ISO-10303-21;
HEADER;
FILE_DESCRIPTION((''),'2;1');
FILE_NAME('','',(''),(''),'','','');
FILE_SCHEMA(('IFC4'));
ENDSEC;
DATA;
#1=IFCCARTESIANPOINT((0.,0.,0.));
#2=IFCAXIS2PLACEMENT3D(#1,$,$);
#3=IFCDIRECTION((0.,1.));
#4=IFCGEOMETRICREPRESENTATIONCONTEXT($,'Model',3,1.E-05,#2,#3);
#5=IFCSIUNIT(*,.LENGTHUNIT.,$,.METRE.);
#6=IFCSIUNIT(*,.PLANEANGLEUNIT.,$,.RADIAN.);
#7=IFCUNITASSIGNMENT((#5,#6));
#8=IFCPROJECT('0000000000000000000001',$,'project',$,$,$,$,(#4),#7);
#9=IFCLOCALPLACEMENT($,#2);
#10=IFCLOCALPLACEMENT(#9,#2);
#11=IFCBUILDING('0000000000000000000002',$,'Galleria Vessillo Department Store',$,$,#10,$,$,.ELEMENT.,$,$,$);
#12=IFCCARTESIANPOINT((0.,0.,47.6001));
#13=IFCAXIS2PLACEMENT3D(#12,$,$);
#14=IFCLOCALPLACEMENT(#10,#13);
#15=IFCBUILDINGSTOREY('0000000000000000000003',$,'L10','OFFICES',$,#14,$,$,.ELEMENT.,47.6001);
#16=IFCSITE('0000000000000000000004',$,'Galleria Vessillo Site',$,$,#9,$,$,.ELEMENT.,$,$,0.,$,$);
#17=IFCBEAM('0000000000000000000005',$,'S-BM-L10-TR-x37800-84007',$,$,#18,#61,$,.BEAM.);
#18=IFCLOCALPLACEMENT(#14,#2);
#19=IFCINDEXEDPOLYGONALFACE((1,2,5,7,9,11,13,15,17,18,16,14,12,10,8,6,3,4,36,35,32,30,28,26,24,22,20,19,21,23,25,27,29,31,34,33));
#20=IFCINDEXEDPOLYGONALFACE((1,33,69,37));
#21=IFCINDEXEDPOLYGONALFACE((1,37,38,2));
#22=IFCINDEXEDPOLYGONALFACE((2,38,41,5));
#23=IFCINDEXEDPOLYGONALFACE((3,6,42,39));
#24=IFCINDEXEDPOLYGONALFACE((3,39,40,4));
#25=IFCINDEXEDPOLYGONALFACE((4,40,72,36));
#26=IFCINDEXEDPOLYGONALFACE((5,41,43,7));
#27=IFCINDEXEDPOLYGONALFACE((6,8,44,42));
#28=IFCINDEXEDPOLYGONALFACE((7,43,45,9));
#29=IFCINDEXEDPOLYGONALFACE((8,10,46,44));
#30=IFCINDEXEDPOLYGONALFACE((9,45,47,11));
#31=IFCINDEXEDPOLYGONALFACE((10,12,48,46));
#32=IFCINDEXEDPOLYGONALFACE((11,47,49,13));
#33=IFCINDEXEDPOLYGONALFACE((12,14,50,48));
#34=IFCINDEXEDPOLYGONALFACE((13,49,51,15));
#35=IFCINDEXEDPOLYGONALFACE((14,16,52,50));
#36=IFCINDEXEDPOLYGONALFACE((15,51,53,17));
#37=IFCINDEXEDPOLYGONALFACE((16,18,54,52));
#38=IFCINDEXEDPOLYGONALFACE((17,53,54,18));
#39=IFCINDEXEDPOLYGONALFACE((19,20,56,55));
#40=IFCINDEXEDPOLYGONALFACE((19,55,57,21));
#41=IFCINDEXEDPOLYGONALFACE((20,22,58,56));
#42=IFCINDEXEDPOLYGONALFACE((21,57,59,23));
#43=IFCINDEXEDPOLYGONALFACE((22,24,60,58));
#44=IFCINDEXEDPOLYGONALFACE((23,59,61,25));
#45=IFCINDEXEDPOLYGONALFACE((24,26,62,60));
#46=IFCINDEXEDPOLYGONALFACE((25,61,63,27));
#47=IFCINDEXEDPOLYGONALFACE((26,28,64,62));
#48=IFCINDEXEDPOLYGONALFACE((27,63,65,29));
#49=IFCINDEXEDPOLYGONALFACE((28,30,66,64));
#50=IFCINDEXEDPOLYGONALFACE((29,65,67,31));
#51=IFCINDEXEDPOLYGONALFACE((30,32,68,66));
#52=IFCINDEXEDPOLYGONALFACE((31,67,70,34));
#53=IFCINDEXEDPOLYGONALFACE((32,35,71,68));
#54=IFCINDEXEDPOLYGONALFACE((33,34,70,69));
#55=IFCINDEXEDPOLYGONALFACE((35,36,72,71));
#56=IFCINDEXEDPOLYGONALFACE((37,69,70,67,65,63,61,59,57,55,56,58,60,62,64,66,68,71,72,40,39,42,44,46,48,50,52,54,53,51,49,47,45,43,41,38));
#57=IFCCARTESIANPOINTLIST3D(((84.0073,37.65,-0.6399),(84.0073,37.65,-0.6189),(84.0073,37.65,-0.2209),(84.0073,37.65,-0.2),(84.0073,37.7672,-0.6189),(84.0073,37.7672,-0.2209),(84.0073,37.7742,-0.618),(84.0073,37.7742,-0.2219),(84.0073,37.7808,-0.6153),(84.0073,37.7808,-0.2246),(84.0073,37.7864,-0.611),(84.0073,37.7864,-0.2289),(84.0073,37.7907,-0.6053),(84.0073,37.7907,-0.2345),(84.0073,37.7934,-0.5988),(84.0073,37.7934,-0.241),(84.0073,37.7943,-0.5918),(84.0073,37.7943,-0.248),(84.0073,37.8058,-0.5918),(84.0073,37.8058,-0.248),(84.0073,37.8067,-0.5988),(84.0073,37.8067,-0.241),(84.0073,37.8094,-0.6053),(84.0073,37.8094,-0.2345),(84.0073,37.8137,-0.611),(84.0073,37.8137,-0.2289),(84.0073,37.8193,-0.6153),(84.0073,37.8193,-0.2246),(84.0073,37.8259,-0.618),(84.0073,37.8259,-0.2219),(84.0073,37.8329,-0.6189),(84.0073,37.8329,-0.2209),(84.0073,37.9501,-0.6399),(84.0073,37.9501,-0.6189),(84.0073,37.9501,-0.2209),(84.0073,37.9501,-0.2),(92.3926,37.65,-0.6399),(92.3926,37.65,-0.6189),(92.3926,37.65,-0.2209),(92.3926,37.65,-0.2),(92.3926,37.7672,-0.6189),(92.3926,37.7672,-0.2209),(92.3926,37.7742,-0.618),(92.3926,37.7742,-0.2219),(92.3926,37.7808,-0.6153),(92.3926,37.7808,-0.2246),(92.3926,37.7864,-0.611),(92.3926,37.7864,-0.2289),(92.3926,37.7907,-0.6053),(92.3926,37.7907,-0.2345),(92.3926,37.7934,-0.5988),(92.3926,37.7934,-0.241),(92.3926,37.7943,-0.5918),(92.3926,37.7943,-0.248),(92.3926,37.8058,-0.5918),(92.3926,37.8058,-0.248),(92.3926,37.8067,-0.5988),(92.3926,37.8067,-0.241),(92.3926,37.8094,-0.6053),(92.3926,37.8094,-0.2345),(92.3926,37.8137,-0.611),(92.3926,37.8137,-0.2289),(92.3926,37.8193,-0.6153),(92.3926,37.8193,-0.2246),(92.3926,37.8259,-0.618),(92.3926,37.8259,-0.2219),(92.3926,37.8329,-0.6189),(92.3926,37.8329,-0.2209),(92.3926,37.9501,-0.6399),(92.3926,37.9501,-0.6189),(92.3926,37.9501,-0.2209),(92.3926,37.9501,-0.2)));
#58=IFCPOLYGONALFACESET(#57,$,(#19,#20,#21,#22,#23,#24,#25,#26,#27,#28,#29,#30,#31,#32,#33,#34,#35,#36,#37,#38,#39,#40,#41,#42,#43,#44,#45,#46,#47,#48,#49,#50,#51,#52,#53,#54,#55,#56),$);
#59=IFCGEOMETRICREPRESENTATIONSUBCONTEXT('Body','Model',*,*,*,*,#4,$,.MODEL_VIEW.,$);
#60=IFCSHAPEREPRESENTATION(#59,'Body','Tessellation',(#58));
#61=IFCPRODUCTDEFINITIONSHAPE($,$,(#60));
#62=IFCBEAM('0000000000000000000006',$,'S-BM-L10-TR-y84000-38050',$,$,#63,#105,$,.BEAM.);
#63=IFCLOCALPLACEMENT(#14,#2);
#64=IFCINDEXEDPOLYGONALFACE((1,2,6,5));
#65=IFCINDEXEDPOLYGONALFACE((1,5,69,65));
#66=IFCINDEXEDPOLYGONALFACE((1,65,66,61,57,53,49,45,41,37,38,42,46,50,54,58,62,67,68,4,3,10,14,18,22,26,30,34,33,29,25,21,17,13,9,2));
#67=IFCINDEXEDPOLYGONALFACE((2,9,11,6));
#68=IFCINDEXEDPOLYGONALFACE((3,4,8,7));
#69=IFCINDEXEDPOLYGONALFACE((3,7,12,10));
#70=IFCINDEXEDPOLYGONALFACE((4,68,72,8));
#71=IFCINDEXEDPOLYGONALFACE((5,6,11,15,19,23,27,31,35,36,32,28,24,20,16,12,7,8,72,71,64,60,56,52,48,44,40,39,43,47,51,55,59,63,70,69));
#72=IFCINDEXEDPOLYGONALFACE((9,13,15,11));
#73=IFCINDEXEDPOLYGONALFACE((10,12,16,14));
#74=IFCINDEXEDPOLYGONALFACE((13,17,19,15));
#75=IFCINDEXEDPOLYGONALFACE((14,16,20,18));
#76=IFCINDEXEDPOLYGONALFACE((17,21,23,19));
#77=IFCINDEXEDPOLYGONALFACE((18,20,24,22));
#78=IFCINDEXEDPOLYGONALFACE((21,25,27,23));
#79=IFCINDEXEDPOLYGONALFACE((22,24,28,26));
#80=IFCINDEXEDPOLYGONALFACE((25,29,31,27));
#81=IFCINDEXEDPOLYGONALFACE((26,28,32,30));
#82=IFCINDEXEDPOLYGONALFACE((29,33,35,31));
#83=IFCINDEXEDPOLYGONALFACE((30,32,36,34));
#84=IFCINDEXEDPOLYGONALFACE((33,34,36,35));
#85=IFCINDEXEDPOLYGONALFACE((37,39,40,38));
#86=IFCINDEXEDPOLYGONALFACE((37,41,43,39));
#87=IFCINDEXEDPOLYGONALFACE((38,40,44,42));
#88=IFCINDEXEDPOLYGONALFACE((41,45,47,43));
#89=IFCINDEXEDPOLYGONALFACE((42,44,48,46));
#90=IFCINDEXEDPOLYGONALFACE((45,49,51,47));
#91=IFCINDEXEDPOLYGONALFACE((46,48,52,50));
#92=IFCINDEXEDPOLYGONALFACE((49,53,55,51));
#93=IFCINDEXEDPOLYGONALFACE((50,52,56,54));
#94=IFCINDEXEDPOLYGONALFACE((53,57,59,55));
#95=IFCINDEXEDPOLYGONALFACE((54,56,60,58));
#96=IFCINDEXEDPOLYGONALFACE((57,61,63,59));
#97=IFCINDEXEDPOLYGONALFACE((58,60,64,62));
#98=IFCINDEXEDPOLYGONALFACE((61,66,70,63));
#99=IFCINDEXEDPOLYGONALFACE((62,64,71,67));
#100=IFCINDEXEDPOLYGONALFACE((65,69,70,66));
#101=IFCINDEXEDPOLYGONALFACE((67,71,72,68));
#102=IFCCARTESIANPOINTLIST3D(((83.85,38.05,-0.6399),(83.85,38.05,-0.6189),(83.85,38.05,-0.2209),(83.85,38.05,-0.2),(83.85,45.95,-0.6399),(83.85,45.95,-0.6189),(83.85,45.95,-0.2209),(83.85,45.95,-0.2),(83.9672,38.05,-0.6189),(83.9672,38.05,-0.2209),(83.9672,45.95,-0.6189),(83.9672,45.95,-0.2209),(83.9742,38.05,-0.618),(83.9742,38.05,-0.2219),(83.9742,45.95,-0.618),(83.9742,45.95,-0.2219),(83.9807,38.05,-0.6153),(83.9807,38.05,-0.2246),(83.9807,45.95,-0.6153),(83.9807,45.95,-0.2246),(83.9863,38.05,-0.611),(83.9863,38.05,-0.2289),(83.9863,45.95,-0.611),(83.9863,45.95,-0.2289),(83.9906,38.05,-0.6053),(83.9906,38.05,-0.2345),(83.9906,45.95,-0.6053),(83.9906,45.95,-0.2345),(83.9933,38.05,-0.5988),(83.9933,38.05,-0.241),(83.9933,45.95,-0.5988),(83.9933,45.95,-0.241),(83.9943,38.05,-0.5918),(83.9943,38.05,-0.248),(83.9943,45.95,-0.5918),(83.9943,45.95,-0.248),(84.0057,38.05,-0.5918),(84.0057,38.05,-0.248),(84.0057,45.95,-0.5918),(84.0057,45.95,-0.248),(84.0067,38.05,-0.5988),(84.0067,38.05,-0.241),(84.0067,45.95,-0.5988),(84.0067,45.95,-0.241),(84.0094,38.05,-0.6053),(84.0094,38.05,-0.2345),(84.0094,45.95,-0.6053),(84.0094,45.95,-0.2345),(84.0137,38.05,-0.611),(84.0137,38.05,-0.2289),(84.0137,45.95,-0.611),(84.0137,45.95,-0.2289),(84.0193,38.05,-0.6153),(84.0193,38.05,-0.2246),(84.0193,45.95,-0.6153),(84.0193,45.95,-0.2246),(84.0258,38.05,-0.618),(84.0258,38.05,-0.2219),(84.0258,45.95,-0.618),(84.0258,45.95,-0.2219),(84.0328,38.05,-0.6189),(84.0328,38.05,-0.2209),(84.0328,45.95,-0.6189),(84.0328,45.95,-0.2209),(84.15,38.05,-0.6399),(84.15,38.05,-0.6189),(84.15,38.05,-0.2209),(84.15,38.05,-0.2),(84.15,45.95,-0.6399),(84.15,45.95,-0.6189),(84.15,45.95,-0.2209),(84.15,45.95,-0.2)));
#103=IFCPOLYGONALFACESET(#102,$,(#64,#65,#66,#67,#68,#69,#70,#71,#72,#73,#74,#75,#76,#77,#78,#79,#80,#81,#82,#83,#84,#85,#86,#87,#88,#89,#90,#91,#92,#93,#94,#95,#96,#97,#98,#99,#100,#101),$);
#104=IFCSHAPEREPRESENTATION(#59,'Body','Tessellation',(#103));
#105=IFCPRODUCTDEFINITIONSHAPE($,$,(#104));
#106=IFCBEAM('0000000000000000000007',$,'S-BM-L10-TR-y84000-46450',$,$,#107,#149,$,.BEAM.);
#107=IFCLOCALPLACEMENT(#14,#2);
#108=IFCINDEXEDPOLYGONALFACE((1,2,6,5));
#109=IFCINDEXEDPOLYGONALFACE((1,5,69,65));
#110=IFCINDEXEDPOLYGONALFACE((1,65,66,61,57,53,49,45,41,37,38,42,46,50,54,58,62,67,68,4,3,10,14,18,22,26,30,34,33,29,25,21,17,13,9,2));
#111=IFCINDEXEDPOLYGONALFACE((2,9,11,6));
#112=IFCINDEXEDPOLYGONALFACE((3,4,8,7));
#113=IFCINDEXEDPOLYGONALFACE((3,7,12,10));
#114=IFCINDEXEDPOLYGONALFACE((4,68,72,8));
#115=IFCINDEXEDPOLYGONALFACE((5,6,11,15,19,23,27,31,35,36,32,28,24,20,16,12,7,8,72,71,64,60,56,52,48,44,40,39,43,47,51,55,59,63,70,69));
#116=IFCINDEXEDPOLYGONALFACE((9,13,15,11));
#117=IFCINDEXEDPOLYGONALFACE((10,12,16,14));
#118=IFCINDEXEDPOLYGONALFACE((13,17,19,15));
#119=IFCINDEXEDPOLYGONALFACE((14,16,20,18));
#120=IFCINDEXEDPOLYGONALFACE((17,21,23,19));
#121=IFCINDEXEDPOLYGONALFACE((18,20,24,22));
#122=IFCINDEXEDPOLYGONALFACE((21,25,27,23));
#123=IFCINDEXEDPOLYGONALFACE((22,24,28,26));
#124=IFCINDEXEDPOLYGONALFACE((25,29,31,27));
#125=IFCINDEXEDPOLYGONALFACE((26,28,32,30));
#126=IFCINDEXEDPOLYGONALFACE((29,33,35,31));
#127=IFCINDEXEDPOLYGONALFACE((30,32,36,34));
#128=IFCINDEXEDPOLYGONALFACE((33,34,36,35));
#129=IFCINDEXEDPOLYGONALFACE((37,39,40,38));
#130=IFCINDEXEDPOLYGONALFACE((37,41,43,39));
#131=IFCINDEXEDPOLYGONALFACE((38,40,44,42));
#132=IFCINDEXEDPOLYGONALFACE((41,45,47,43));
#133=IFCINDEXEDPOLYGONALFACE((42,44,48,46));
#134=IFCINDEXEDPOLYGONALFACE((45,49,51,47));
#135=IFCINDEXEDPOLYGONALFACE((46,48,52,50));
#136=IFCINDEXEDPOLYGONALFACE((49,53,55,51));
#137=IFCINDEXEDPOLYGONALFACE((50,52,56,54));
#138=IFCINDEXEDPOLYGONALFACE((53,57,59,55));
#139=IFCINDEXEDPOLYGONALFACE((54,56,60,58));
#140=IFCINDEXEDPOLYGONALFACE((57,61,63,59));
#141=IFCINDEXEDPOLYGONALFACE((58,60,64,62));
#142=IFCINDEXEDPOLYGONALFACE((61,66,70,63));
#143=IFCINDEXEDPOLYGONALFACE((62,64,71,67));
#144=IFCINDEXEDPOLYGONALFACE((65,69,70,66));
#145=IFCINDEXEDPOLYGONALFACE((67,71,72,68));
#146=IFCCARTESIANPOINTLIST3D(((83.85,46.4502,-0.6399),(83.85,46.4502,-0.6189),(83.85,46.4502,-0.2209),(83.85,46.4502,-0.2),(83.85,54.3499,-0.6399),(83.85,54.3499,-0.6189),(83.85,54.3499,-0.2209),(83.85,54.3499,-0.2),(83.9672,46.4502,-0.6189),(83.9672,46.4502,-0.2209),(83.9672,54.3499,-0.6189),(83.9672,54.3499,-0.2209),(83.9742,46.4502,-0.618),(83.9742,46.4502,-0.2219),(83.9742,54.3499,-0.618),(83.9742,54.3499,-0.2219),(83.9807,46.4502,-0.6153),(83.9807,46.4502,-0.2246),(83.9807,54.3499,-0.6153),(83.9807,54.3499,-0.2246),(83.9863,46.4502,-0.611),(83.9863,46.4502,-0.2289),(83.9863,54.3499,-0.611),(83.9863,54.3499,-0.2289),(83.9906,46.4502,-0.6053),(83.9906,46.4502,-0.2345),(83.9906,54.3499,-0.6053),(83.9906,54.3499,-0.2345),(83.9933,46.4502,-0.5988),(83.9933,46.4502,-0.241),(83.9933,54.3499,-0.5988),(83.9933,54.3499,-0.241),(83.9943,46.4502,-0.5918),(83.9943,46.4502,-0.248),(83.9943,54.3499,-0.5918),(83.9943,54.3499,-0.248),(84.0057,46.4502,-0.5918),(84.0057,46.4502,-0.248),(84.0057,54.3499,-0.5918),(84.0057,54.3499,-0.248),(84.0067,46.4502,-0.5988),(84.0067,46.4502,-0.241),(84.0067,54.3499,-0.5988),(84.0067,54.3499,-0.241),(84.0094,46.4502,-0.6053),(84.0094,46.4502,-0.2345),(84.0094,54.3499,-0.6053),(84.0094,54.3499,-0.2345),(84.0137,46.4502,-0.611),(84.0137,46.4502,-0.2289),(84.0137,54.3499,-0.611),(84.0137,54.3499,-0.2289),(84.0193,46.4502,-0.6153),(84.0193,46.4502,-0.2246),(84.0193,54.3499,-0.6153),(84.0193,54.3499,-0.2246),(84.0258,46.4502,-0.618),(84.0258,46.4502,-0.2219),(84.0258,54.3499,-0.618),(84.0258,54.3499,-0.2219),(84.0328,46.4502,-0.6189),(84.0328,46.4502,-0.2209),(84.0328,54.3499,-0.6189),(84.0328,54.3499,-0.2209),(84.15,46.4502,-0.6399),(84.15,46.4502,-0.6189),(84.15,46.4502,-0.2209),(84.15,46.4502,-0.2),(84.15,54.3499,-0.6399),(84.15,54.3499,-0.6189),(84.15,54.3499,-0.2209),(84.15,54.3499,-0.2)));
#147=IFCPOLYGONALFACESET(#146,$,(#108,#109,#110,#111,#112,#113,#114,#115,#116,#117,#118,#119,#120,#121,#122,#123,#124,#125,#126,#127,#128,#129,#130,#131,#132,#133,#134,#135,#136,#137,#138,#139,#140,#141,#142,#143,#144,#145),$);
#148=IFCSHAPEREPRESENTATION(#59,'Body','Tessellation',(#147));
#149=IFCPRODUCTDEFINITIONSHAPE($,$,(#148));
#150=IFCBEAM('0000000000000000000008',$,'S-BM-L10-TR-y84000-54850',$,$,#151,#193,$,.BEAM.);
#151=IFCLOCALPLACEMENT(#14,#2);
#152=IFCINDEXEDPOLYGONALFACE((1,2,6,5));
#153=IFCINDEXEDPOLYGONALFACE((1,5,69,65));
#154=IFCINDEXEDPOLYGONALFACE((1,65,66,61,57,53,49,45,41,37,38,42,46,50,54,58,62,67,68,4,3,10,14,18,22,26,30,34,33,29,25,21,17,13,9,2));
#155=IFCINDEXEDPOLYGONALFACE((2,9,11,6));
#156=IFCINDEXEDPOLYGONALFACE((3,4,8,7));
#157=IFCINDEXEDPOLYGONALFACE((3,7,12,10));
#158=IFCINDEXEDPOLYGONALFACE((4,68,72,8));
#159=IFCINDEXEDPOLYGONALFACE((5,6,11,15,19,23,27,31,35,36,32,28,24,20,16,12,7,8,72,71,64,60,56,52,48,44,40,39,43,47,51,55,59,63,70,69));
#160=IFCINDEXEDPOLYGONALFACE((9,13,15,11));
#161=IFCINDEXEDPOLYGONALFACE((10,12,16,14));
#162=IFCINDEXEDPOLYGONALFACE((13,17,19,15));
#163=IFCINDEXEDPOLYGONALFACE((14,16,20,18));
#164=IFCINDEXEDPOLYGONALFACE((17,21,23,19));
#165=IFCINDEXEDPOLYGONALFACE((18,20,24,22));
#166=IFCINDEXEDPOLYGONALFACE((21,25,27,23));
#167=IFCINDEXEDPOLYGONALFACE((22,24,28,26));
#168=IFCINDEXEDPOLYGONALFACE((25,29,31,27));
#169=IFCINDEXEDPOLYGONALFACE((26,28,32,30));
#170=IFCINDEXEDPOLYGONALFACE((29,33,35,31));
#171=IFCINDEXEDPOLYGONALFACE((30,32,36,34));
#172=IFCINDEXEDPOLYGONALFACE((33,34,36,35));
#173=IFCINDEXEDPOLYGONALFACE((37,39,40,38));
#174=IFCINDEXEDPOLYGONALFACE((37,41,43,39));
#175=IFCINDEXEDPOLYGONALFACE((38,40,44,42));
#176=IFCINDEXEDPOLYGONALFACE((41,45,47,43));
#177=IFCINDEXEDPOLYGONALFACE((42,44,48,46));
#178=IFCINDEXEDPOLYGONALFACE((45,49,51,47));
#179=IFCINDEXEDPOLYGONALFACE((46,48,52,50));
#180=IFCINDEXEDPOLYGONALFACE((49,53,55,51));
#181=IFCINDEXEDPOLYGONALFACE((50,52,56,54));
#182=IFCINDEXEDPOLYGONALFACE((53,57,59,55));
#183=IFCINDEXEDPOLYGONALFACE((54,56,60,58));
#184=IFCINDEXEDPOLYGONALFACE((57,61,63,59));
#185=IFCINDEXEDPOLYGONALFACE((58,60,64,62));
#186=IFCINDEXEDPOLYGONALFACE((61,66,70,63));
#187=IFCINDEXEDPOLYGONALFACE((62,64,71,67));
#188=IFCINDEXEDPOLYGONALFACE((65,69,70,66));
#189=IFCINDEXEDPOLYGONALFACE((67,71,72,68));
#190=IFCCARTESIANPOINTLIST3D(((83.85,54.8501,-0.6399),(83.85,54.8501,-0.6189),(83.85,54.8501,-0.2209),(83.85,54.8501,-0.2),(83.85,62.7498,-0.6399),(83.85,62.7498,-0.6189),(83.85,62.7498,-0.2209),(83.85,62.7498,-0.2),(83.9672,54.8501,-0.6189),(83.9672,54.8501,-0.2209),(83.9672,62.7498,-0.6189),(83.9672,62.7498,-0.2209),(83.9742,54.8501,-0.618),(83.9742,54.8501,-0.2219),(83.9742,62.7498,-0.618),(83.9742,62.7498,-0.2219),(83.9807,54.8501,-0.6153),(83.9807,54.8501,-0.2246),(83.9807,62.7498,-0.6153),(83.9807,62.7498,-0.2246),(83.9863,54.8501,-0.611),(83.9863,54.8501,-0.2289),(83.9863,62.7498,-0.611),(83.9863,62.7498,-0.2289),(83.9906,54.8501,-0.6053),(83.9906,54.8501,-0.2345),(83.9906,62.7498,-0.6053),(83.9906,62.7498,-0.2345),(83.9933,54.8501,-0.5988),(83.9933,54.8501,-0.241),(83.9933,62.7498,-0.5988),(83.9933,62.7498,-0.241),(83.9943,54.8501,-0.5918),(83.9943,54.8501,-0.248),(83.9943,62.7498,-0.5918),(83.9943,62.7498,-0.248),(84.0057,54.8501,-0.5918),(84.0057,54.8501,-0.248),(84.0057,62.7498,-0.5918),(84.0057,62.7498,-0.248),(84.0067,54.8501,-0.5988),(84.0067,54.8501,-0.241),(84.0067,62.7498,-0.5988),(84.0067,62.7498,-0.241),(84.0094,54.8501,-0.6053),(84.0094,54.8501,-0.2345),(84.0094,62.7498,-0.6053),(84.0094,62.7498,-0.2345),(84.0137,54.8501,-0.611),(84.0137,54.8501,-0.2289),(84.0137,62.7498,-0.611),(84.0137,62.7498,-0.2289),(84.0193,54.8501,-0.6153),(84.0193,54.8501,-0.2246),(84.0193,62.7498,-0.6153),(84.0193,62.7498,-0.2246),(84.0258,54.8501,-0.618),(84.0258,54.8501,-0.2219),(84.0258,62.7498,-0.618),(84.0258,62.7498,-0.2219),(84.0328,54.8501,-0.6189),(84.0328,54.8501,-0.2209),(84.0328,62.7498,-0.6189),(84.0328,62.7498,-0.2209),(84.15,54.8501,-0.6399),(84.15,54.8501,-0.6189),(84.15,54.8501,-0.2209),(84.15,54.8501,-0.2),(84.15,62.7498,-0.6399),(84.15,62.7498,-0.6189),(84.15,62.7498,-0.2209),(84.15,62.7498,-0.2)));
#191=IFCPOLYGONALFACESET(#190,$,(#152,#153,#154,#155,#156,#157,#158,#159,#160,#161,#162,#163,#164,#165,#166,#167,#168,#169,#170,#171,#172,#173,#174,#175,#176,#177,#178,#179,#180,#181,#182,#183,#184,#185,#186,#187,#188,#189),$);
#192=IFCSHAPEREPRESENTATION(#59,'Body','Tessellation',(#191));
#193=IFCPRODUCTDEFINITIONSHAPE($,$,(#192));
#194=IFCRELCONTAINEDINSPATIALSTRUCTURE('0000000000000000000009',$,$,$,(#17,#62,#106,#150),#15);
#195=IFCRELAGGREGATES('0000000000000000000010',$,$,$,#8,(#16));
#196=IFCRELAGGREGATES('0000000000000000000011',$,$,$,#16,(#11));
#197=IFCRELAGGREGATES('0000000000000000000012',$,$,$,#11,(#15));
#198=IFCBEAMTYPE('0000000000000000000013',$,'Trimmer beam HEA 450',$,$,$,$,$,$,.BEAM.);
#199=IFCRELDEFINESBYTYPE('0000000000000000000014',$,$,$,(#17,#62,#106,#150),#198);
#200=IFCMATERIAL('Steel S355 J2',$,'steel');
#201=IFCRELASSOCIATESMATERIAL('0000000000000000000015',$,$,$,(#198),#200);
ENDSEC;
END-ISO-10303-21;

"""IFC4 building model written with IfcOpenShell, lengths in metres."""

from ifc_helpers import new_model, si_unit, direction, frame, origin, origin_2d, place, context, subcontext, project, spatial, i_section, extrude, material, material_profile, profile_set, type_object, element, save


model = new_model("IFC4")

# Units and contexts
model_context = context("Model", 3, precision=1e-05, world=origin(), true_north=direction((0.0, 1.0)))
body_context = subcontext(model_context, "Body", "Model", "MODEL_VIEW")
ifc_project = project(units=[si_unit("LENGTHUNIT", "METRE"), si_unit("PLANEANGLEUNIT", "RADIAN")], contexts=[model_context])

# Site, building, storey
site_placement = place(None, origin())
site = spatial("IfcSite", under=ifc_project, at=site_placement, Name="Galleria Vessillo Site", CompositionType="ELEMENT", RefElevation=0.0)
building_placement = place(site_placement, origin())
building = spatial("IfcBuilding", under=site, at=building_placement, Name="Galleria Vessillo Department Store", CompositionType="ELEMENT")
storey_placement = place(building_placement, frame((0.0, 0.0, 47.6001)))
storey = spatial("IfcBuildingStorey", under=building, at=storey_placement, Name="L10", Description="OFFICES", CompositionType="ELEMENT", Elevation=47.6001)

# Beams
ifc_material_1 = material(Name="Steel S355 J2", Category="steel")
ifc_material_profile_1 = material_profile(ifc_material_1, i_section(OverallWidth=0.3, OverallDepth=0.4399, WebThickness=0.0115, FlangeThickness=0.021, FilletRadius=0.0271, at=origin_2d()), Name="HEA 450")
ifc_profile_set_1 = profile_set([ifc_material_profile_1], Name="Steel S355 J2")
beam_type_1 = type_object("IfcBeamType", Name="Trimmer beam HEA 450", PredefinedType="BEAM", material=ifc_profile_set_1)
beam_1_placement = place(storey_placement, frame((84.0073, 37.8, -0.4199), z_axis=(1.0, 0.0, 0.0), x_axis=(0.0, 1.0, 0.0)))
element("IfcBeam", 1, at=beam_1_placement, inside=storey, type_object=beam_type_1, Name="S-BM-L10-TR-x37800-84007", PredefinedType="BEAM", context=body_context, shape_type="SweptSolid", body=[
    extrude(i_section(OverallWidth=0.3, OverallDepth=0.4399, WebThickness=0.0115, FlangeThickness=0.021, FilletRadius=0.0271, at=origin_2d()), origin(), (0.0, 0.0, 1.0), 8.3853),
])
beam_2_placement = place(storey_placement, frame((84.0, 38.05, -0.4199), z_axis=(0.0, 1.0, 0.0), x_axis=(-1.0, 0.0, 0.0)))
element("IfcBeam", 2, at=beam_2_placement, inside=storey, type_object=beam_type_1, Name="S-BM-L10-TR-y84000-38050", PredefinedType="BEAM", context=body_context, shape_type="SweptSolid", body=[
    extrude(i_section(OverallWidth=0.3, OverallDepth=0.4399, WebThickness=0.0115, FlangeThickness=0.021, FilletRadius=0.0271, at=origin_2d()), origin(), (0.0, 0.0, 1.0), 7.8999),
])
for number, where, z_axis, x_axis, name in (
    (3, (84.0, 46.4502, -0.4199), (0.0, 1.0, 0.0), (-1.0, 0.0, 0.0), "S-BM-L10-TR-y84000-46450"),
    (4, (84.0, 54.8501, -0.4199), (0.0, 1.0, 0.0), (-1.0, 0.0, 0.0), "S-BM-L10-TR-y84000-54850"),
):
    element("IfcBeam", number, at=place(storey_placement, frame(where, z_axis=z_axis, x_axis=x_axis)), inside=storey, type_object=beam_type_1, Name=name, PredefinedType="BEAM", context=body_context, shape_type="SweptSolid", body=[
        extrude(i_section(OverallWidth=0.3, OverallDepth=0.4399, WebThickness=0.0115, FlangeThickness=0.021, FilletRadius=0.0271, at=origin_2d()), origin(), (0.0, 0.0, 1.0), 7.8997),
    ])

save(model, "model.ifc")
